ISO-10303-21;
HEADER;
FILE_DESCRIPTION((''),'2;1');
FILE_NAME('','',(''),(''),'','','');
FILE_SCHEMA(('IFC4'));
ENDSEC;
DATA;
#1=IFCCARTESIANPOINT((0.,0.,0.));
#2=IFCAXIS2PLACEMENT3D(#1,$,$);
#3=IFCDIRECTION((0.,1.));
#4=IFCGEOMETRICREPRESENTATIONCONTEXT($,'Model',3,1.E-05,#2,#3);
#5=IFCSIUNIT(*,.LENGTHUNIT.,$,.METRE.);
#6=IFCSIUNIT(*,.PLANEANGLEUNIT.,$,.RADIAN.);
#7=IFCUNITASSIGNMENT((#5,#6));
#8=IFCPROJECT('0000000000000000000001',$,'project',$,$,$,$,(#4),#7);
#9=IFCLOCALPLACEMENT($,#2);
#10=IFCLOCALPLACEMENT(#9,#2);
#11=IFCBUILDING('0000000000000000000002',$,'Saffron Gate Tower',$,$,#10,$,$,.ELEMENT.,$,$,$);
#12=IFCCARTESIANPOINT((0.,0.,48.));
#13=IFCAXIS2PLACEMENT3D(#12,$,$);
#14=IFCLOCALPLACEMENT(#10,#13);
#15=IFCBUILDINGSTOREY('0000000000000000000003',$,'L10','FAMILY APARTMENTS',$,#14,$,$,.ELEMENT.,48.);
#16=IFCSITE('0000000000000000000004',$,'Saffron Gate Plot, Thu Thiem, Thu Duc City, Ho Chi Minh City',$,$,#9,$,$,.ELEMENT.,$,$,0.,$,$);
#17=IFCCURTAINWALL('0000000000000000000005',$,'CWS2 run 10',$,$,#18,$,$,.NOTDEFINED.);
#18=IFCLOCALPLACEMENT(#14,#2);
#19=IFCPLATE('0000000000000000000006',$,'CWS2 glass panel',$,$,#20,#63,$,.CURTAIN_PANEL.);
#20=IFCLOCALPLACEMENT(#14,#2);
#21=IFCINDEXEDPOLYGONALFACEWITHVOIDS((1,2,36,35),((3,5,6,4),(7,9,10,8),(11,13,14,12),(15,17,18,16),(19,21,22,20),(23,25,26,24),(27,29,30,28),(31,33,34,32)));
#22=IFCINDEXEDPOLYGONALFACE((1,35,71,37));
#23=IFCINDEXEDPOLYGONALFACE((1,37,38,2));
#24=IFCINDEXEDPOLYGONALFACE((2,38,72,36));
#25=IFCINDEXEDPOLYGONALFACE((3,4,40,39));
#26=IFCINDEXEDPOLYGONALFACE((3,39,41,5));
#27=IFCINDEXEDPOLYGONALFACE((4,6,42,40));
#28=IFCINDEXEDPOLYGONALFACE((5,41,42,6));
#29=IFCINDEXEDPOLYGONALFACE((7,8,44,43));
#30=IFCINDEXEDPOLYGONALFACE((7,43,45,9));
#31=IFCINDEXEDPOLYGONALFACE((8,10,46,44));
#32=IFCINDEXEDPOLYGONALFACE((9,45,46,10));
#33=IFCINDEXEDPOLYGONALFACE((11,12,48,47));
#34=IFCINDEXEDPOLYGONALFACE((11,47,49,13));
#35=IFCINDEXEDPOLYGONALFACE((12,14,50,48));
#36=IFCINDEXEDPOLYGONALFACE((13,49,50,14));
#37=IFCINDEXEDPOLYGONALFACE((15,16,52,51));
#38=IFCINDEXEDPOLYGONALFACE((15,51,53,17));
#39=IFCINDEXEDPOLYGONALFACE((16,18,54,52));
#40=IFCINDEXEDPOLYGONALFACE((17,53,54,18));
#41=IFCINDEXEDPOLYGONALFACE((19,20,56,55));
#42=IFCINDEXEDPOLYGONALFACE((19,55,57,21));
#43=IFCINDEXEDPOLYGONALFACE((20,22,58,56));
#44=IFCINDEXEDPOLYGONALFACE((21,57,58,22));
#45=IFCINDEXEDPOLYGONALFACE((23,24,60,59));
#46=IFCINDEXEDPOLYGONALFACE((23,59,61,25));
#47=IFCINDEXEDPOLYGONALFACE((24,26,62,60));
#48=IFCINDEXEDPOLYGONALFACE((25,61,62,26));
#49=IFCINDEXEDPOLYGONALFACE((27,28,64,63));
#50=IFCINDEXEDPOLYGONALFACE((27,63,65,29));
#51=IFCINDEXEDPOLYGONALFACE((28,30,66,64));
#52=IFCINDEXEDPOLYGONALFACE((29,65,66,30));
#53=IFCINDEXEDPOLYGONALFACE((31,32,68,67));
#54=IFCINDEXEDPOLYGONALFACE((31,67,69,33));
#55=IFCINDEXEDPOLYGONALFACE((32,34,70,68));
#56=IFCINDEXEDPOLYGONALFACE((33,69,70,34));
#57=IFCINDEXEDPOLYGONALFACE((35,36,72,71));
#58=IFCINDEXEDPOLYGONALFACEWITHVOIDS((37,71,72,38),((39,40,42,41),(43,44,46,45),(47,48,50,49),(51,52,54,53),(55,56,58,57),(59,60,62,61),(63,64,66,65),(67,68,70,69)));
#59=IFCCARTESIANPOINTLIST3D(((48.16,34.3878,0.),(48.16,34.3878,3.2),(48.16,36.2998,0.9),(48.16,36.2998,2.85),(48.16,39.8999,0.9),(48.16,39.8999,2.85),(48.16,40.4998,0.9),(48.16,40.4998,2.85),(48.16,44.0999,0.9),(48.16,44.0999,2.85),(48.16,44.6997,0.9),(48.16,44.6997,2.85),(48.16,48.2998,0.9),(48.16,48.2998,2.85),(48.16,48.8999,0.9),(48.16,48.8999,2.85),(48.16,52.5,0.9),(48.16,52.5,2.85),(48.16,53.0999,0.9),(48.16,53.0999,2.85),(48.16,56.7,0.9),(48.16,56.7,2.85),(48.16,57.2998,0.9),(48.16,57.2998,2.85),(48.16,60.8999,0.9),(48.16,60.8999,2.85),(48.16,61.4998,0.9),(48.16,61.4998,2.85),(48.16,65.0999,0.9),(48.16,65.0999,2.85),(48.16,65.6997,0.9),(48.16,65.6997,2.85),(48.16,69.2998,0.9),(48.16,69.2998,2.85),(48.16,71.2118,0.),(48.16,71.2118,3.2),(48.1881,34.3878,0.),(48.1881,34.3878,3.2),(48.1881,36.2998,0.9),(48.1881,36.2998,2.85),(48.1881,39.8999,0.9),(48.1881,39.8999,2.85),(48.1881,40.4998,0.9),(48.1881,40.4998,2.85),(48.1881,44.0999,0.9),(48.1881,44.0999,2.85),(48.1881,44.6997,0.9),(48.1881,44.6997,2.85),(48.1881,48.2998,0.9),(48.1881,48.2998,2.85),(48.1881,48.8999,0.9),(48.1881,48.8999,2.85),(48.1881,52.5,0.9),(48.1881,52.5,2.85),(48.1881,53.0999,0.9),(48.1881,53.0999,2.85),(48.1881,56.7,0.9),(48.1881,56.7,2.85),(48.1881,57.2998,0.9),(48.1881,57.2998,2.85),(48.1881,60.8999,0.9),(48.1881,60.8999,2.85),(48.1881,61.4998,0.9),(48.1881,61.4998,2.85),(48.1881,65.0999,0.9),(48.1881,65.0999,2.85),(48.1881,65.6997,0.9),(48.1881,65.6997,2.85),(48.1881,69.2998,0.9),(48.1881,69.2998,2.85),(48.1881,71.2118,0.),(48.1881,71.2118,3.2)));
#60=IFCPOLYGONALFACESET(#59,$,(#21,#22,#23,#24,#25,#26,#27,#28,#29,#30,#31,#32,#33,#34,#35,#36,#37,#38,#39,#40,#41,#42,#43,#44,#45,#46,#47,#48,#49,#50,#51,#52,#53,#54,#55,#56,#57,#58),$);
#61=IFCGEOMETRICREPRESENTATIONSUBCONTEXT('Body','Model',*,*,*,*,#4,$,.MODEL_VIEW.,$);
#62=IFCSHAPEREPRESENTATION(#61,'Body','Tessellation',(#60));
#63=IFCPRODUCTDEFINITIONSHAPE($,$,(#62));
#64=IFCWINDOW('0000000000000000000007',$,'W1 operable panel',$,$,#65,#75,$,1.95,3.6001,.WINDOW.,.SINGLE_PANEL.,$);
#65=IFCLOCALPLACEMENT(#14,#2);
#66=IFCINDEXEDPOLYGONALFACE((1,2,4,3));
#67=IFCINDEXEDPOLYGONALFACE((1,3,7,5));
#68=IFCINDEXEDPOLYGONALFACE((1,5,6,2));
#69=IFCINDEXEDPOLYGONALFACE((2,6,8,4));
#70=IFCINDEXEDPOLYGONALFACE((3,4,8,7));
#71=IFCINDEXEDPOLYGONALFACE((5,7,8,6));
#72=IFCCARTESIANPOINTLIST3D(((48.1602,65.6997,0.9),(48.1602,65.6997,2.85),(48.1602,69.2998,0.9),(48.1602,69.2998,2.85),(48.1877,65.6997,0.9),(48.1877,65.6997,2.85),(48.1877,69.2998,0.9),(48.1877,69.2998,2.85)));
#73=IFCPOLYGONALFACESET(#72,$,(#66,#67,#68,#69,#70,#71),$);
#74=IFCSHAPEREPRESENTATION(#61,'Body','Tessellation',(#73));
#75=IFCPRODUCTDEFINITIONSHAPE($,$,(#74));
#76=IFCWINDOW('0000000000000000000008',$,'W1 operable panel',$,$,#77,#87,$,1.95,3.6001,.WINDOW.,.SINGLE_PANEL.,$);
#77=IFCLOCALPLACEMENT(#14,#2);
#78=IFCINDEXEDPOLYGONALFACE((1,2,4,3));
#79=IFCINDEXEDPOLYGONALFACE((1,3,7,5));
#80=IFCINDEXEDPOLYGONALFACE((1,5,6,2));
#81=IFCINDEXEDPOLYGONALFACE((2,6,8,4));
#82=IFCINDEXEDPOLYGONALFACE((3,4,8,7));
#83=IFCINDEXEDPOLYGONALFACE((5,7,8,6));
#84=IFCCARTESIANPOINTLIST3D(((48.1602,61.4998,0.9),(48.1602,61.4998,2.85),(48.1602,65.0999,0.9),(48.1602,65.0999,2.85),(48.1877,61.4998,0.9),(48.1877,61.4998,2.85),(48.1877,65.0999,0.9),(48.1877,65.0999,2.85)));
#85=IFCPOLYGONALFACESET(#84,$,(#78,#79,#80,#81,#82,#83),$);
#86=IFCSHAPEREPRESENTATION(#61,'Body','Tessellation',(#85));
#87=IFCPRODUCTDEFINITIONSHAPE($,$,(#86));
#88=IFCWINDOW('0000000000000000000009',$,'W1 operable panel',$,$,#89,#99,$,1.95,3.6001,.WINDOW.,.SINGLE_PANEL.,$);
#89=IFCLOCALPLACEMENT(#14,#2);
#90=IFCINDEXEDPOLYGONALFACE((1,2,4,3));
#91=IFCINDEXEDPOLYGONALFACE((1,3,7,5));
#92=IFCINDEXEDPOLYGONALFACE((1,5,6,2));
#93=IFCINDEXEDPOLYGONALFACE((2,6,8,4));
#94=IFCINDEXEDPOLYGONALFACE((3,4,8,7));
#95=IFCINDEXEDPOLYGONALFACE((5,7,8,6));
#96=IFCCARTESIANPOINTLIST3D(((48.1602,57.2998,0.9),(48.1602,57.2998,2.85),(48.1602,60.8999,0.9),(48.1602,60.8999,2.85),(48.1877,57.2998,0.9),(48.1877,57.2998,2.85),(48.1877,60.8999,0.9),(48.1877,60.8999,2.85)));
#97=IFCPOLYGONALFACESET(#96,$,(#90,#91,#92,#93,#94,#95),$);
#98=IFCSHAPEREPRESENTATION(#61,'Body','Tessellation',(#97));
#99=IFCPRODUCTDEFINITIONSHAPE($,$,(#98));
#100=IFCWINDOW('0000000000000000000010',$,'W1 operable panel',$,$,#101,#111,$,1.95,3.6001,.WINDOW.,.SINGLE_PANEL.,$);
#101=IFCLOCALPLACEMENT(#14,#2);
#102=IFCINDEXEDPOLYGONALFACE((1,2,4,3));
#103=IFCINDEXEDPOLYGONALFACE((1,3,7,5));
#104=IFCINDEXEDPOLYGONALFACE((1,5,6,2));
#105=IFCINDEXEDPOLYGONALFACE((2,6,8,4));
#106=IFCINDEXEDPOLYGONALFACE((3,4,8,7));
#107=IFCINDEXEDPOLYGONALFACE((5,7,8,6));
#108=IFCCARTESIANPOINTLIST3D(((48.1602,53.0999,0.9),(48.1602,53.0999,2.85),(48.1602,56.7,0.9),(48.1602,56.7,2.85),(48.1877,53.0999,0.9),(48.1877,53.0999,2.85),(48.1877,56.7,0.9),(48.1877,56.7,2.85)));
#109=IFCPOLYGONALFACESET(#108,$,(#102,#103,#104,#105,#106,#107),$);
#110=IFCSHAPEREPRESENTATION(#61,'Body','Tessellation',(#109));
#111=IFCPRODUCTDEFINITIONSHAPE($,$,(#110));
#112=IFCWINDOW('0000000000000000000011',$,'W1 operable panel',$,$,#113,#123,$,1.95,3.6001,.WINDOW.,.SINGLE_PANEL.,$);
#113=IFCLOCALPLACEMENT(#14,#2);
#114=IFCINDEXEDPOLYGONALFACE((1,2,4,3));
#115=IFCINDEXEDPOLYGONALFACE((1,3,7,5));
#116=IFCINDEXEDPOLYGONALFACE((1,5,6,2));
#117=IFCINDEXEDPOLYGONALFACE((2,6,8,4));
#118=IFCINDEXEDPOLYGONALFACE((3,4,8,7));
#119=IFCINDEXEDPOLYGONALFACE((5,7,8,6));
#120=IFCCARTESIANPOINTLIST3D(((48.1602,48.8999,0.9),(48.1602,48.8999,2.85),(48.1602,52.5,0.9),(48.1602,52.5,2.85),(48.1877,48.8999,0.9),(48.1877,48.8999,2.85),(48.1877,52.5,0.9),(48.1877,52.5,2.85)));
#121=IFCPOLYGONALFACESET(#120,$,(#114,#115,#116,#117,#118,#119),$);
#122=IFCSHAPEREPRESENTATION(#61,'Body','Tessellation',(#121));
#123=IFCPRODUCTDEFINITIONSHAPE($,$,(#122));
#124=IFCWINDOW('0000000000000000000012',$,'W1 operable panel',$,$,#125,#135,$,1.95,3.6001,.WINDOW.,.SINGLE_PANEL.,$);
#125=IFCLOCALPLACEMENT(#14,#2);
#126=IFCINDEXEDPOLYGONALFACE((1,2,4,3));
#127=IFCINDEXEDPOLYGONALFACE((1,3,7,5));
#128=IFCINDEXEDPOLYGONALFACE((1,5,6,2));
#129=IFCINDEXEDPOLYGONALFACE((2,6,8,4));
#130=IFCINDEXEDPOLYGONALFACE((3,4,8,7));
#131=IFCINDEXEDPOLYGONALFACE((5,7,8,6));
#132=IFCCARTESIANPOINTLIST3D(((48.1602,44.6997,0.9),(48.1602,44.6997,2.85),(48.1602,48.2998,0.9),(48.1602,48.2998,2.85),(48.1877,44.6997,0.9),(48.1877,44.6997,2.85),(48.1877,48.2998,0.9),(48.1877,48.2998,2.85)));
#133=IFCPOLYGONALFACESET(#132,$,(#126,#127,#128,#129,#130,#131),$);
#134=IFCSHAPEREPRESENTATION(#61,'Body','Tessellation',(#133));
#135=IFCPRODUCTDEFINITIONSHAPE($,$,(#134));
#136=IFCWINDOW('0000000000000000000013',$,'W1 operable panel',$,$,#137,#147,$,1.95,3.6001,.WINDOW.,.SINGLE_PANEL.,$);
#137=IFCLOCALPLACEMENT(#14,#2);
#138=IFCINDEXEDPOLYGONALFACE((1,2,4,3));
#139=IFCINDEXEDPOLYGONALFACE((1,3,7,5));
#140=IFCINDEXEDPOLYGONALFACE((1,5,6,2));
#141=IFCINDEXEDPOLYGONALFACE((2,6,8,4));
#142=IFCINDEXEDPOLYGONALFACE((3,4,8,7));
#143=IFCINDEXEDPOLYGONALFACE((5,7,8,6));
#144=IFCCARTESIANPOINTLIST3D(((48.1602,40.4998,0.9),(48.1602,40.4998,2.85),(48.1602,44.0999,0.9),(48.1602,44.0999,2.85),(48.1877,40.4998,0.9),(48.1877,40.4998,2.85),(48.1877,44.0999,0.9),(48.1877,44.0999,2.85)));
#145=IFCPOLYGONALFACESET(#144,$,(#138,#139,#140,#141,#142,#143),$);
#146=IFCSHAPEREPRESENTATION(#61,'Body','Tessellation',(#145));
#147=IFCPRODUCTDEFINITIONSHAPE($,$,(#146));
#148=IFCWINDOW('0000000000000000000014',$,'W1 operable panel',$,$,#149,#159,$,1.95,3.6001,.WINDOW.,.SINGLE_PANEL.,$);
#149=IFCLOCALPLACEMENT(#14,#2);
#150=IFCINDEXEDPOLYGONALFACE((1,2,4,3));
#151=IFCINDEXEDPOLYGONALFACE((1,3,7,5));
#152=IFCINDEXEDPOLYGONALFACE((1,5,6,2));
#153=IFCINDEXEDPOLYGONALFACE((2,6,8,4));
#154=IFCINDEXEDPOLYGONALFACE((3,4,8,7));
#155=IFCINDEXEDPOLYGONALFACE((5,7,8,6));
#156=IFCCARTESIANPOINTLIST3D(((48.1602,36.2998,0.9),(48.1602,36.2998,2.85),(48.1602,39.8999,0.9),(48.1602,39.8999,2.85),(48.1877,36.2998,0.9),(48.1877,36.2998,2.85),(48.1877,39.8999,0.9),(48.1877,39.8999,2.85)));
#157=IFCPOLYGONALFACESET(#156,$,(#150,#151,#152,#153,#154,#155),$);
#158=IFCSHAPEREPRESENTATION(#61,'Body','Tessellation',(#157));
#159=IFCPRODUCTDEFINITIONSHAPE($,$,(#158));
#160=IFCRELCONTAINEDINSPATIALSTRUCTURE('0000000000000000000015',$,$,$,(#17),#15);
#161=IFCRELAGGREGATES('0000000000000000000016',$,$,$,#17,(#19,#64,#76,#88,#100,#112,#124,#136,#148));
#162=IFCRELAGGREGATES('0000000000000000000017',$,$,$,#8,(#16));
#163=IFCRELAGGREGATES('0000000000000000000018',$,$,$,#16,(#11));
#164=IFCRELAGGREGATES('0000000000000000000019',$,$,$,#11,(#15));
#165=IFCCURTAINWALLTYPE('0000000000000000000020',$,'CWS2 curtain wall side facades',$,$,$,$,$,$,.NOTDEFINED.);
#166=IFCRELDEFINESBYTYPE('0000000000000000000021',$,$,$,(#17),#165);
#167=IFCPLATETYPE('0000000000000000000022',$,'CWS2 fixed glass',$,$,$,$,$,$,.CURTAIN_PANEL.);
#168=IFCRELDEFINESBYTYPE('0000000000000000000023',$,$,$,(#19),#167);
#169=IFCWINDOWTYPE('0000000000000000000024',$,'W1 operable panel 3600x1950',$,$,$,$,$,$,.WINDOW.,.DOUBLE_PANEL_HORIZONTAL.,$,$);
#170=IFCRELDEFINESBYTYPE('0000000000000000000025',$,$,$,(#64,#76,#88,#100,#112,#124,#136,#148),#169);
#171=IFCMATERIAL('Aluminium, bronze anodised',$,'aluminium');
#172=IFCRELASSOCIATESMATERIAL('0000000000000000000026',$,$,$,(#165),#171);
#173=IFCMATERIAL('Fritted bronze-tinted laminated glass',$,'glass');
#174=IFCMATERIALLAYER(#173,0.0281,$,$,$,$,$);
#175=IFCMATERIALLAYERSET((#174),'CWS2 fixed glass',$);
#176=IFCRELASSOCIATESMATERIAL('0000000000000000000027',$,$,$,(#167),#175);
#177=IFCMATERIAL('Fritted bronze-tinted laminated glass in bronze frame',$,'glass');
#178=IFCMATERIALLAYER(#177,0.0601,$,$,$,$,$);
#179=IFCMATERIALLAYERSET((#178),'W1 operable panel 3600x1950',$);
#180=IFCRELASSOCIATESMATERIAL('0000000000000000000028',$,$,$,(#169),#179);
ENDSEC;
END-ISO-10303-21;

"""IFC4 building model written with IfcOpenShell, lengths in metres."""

from ifc_helpers import new_model, si_unit, direction, frame, frame_2d, origin, place, context, subcontext, project, spatial, rectangle, extrude, material, layer, layer_set, type_object, element, fill, aggregate, save


model = new_model("IFC4")

# Units and contexts
model_context = context("Model", 3, precision=1e-05, world=origin(), true_north=direction((0.0, 1.0)))
body_context = subcontext(model_context, "Body", "Model", "MODEL_VIEW")
ifc_project = project(units=[si_unit("LENGTHUNIT", "METRE"), si_unit("PLANEANGLEUNIT", "RADIAN")], contexts=[model_context])

# Site, building, storey
site_placement = place(None, origin())
site = spatial("IfcSite", under=ifc_project, at=site_placement, Name="Saffron Gate Plot, Thu Thiem, Thu Duc City, Ho Chi Minh City", CompositionType="ELEMENT", RefElevation=0.0)
building_placement = place(site_placement, origin())
building = spatial("IfcBuilding", under=site, at=building_placement, Name="Saffron Gate Tower", CompositionType="ELEMENT")
storey_placement = place(building_placement, frame((0.0, 0.0, 48.0)))
storey = spatial("IfcBuildingStorey", under=building, at=storey_placement, Name="L10", Description="FAMILY APARTMENTS", CompositionType="ELEMENT", Elevation=48.0)

# Curtain wall
ifc_material_1 = material(Name="Aluminium, bronze anodised", Category="aluminium")
curtain_wall_type_1 = type_object("IfcCurtainWallType", Name="CWS2 curtain wall side facades", PredefinedType="NOTDEFINED", material=ifc_material_1)
curtain_wall_1_placement = place(storey_placement, origin())
curtain_wall_1 = element("IfcCurtainWall", 1, at=curtain_wall_1_placement, inside=storey, type_object=curtain_wall_type_1, Name="CWS2 run 10", PredefinedType="NOTDEFINED")

# Plate, openings, windows
ifc_material_2 = material(Name="Fritted bronze-tinted laminated glass", Category="glass")
ifc_layer_1 = layer(ifc_material_2, 0.0281)
ifc_layer_set_1 = layer_set([ifc_layer_1], Name="CWS2 fixed glass")
plate_type = type_object("IfcPlateType", Name="CWS2 fixed glass", PredefinedType="CURTAIN_PANEL", material=ifc_layer_set_1)
plate_placement = place(storey_placement, frame((48.1741, 71.2119, 0.0), z_axis=(0.0, 0.0, 1.0), x_axis=(0.0, -1.0, 0.0)))
plate = element("IfcPlate", 2, at=plate_placement, type_object=plate_type, Name="CWS2 glass panel", PredefinedType="CURTAIN_PANEL", context=body_context, shape_type="SweptSolid", body=[
    extrude(rectangle(XDim=36.824, YDim=0.0281, at=frame_2d((18.4121, 0.0))), origin(), (0.0, 0.0, 1.0), 3.2),
])
opening_1_placement = place(plate_placement, frame((1.9121, 0.0, 0.8999)))
opening_1 = element("IfcOpeningElement", 3, at=opening_1_placement, cuts=plate, PredefinedType="OPENING", context=body_context, shape_type="SweptSolid", body=[
    extrude(rectangle(XDim=3.6001, YDim=1.95, at=frame_2d((1.8, 0.9751))), frame((0.0, 0.0239, 0.0), z_axis=(0.0, -1.0, 0.0), x_axis=(1.0, 0.0, 0.0)), (0.0, 0.0, 1.0), 0.0481),
])
opening_2_placement = place(plate_placement, frame((6.1121, 0.0, 0.8999)))
opening_2 = element("IfcOpeningElement", 4, at=opening_2_placement, cuts=plate, PredefinedType="OPENING", context=body_context, shape_type="SweptSolid", body=[
    extrude(rectangle(XDim=3.6001, YDim=1.95, at=frame_2d((1.8, 0.9751))), frame((0.0, 0.0239, 0.0), z_axis=(0.0, -1.0, 0.0), x_axis=(1.0, 0.0, 0.0)), (0.0, 0.0, 1.0), 0.0481),
])
opening_3_placement = place(plate_placement, frame((10.312, 0.0, 0.8999)))
opening_3 = element("IfcOpeningElement", 5, at=opening_3_placement, cuts=plate, PredefinedType="OPENING", context=body_context, shape_type="SweptSolid", body=[
    extrude(rectangle(XDim=3.6001, YDim=1.95, at=frame_2d((1.8, 0.9751))), frame((0.0, 0.0239, 0.0), z_axis=(0.0, -1.0, 0.0), x_axis=(1.0, 0.0, 0.0)), (0.0, 0.0, 1.0), 0.0481),
])
opening_4_placement = place(plate_placement, frame((14.512, 0.0, 0.8999)))
opening_4 = element("IfcOpeningElement", 6, at=opening_4_placement, cuts=plate, PredefinedType="OPENING", context=body_context, shape_type="SweptSolid", body=[
    extrude(rectangle(XDim=3.6001, YDim=1.95, at=frame_2d((1.8, 0.9751))), frame((0.0, 0.0239, 0.0), z_axis=(0.0, -1.0, 0.0), x_axis=(1.0, 0.0, 0.0)), (0.0, 0.0, 1.0), 0.0481),
])
opening_5_placement = place(plate_placement, frame((18.7119, 0.0, 0.8999)))
opening_5 = element("IfcOpeningElement", 7, at=opening_5_placement, cuts=plate, PredefinedType="OPENING", context=body_context, shape_type="SweptSolid", body=[
    extrude(rectangle(XDim=3.6001, YDim=1.95, at=frame_2d((1.8, 0.9751))), frame((0.0, 0.0239, 0.0), z_axis=(0.0, -1.0, 0.0), x_axis=(1.0, 0.0, 0.0)), (0.0, 0.0, 1.0), 0.0481),
])
opening_6_placement = place(plate_placement, frame((22.9121, 0.0, 0.8999)))
opening_6 = element("IfcOpeningElement", 8, at=opening_6_placement, cuts=plate, PredefinedType="OPENING", context=body_context, shape_type="SweptSolid", body=[
    extrude(rectangle(XDim=3.6001, YDim=1.95, at=frame_2d((1.8, 0.9751))), frame((0.0, 0.0239, 0.0), z_axis=(0.0, -1.0, 0.0), x_axis=(1.0, 0.0, 0.0)), (0.0, 0.0, 1.0), 0.0481),
])
opening_7_placement = place(plate_placement, frame((27.1121, 0.0, 0.8999)))
opening_7 = element("IfcOpeningElement", 9, at=opening_7_placement, cuts=plate, PredefinedType="OPENING", context=body_context, shape_type="SweptSolid", body=[
    extrude(rectangle(XDim=3.6001, YDim=1.95, at=frame_2d((1.8, 0.9751))), frame((0.0, 0.0239, 0.0), z_axis=(0.0, -1.0, 0.0), x_axis=(1.0, 0.0, 0.0)), (0.0, 0.0, 1.0), 0.0481),
])
opening_8_placement = place(plate_placement, frame((31.312, 0.0, 0.8999)))
opening_8 = element("IfcOpeningElement", 10, at=opening_8_placement, cuts=plate, PredefinedType="OPENING", context=body_context, shape_type="SweptSolid", body=[
    extrude(rectangle(XDim=3.6001, YDim=1.95, at=frame_2d((1.8, 0.9751))), frame((0.0, 0.0239, 0.0), z_axis=(0.0, -1.0, 0.0), x_axis=(1.0, 0.0, 0.0)), (0.0, 0.0, 1.0), 0.0481),
])
ifc_material_3 = material(Name="Fritted bronze-tinted laminated glass in bronze frame", Category="glass")
ifc_layer_2 = layer(ifc_material_3, 0.0601)
ifc_layer_set_2 = layer_set([ifc_layer_2], Name="W1 operable panel 3600x1950")
window_type = type_object("IfcWindowType", Name="W1 operable panel 3600x1950", PartitioningType="DOUBLE_PANEL_HORIZONTAL", PredefinedType="WINDOW", material=ifc_layer_set_2)
window_1_placement = place(opening_1_placement, origin())
window_1 = element("IfcWindow", 11, at=window_1_placement, type_object=window_type, Name="W1 operable panel", OverallHeight=1.95, OverallWidth=3.6001, PartitioningType="SINGLE_PANEL", PredefinedType="WINDOW", context=body_context, shape_type="SweptSolid", body=[
    extrude(rectangle(XDim=3.6001, YDim=1.95, at=frame_2d((1.8, 0.9751))), frame((0.0, 0.0137, 0.0), z_axis=(0.0, -1.0, 0.0), x_axis=(1.0, 0.0, 0.0)), (0.0, 0.0, 1.0), 0.0276),
])
fill(opening_1, window_1)
window_2_placement = place(opening_2_placement, origin())
window_2 = element("IfcWindow", 12, at=window_2_placement, type_object=window_type, Name="W1 operable panel", OverallHeight=1.95, OverallWidth=3.6001, PartitioningType="SINGLE_PANEL", PredefinedType="WINDOW", context=body_context, shape_type="SweptSolid", body=[
    extrude(rectangle(XDim=3.6001, YDim=1.95, at=frame_2d((1.8, 0.9751))), frame((0.0, 0.0137, 0.0), z_axis=(0.0, -1.0, 0.0), x_axis=(1.0, 0.0, 0.0)), (0.0, 0.0, 1.0), 0.0276),
])
fill(opening_2, window_2)
window_3_placement = place(opening_3_placement, origin())
window_3 = element("IfcWindow", 13, at=window_3_placement, type_object=window_type, Name="W1 operable panel", OverallHeight=1.95, OverallWidth=3.6001, PartitioningType="SINGLE_PANEL", PredefinedType="WINDOW", context=body_context, shape_type="SweptSolid", body=[
    extrude(rectangle(XDim=3.6001, YDim=1.95, at=frame_2d((1.8, 0.9751))), frame((0.0, 0.0137, 0.0), z_axis=(0.0, -1.0, 0.0), x_axis=(1.0, 0.0, 0.0)), (0.0, 0.0, 1.0), 0.0276),
])
fill(opening_3, window_3)
window_4_placement = place(opening_4_placement, origin())
window_4 = element("IfcWindow", 14, at=window_4_placement, type_object=window_type, Name="W1 operable panel", OverallHeight=1.95, OverallWidth=3.6001, PartitioningType="SINGLE_PANEL", PredefinedType="WINDOW", context=body_context, shape_type="SweptSolid", body=[
    extrude(rectangle(XDim=3.6001, YDim=1.95, at=frame_2d((1.8, 0.9751))), frame((0.0, 0.0137, 0.0), z_axis=(0.0, -1.0, 0.0), x_axis=(1.0, 0.0, 0.0)), (0.0, 0.0, 1.0), 0.0276),
])
fill(opening_4, window_4)
window_5_placement = place(opening_5_placement, origin())
window_5 = element("IfcWindow", 15, at=window_5_placement, type_object=window_type, Name="W1 operable panel", OverallHeight=1.95, OverallWidth=3.6001, PartitioningType="SINGLE_PANEL", PredefinedType="WINDOW", context=body_context, shape_type="SweptSolid", body=[
    extrude(rectangle(XDim=3.6001, YDim=1.95, at=frame_2d((1.8, 0.9751))), frame((0.0, 0.0137, 0.0), z_axis=(0.0, -1.0, 0.0), x_axis=(1.0, 0.0, 0.0)), (0.0, 0.0, 1.0), 0.0276),
])
fill(opening_5, window_5)
window_6_placement = place(opening_6_placement, origin())
window_6 = element("IfcWindow", 16, at=window_6_placement, type_object=window_type, Name="W1 operable panel", OverallHeight=1.95, OverallWidth=3.6001, PartitioningType="SINGLE_PANEL", PredefinedType="WINDOW", context=body_context, shape_type="SweptSolid", body=[
    extrude(rectangle(XDim=3.6001, YDim=1.95, at=frame_2d((1.8, 0.9751))), frame((0.0, 0.0137, 0.0), z_axis=(0.0, -1.0, 0.0), x_axis=(1.0, 0.0, 0.0)), (0.0, 0.0, 1.0), 0.0276),
])
fill(opening_6, window_6)
window_7_placement = place(opening_7_placement, origin())
window_7 = element("IfcWindow", 17, at=window_7_placement, type_object=window_type, Name="W1 operable panel", OverallHeight=1.95, OverallWidth=3.6001, PartitioningType="SINGLE_PANEL", PredefinedType="WINDOW", context=body_context, shape_type="SweptSolid", body=[
    extrude(rectangle(XDim=3.6001, YDim=1.95, at=frame_2d((1.8, 0.9751))), frame((0.0, 0.0137, 0.0), z_axis=(0.0, -1.0, 0.0), x_axis=(1.0, 0.0, 0.0)), (0.0, 0.0, 1.0), 0.0276),
])
fill(opening_7, window_7)
window_8_placement = place(opening_8_placement, origin())
window_8 = element("IfcWindow", 18, at=window_8_placement, type_object=window_type, Name="W1 operable panel", OverallHeight=1.95, OverallWidth=3.6001, PartitioningType="SINGLE_PANEL", PredefinedType="WINDOW", context=body_context, shape_type="SweptSolid", body=[
    extrude(rectangle(XDim=3.6001, YDim=1.95, at=frame_2d((1.8, 0.9751))), frame((0.0, 0.0137, 0.0), z_axis=(0.0, -1.0, 0.0), x_axis=(1.0, 0.0, 0.0)), (0.0, 0.0, 1.0), 0.0276),
])
fill(opening_8, window_8)
aggregate(curtain_wall_1, [plate, window_1, window_2, window_3, window_4, window_5, window_6, window_7, window_8])

save(model, "model.ifc")
